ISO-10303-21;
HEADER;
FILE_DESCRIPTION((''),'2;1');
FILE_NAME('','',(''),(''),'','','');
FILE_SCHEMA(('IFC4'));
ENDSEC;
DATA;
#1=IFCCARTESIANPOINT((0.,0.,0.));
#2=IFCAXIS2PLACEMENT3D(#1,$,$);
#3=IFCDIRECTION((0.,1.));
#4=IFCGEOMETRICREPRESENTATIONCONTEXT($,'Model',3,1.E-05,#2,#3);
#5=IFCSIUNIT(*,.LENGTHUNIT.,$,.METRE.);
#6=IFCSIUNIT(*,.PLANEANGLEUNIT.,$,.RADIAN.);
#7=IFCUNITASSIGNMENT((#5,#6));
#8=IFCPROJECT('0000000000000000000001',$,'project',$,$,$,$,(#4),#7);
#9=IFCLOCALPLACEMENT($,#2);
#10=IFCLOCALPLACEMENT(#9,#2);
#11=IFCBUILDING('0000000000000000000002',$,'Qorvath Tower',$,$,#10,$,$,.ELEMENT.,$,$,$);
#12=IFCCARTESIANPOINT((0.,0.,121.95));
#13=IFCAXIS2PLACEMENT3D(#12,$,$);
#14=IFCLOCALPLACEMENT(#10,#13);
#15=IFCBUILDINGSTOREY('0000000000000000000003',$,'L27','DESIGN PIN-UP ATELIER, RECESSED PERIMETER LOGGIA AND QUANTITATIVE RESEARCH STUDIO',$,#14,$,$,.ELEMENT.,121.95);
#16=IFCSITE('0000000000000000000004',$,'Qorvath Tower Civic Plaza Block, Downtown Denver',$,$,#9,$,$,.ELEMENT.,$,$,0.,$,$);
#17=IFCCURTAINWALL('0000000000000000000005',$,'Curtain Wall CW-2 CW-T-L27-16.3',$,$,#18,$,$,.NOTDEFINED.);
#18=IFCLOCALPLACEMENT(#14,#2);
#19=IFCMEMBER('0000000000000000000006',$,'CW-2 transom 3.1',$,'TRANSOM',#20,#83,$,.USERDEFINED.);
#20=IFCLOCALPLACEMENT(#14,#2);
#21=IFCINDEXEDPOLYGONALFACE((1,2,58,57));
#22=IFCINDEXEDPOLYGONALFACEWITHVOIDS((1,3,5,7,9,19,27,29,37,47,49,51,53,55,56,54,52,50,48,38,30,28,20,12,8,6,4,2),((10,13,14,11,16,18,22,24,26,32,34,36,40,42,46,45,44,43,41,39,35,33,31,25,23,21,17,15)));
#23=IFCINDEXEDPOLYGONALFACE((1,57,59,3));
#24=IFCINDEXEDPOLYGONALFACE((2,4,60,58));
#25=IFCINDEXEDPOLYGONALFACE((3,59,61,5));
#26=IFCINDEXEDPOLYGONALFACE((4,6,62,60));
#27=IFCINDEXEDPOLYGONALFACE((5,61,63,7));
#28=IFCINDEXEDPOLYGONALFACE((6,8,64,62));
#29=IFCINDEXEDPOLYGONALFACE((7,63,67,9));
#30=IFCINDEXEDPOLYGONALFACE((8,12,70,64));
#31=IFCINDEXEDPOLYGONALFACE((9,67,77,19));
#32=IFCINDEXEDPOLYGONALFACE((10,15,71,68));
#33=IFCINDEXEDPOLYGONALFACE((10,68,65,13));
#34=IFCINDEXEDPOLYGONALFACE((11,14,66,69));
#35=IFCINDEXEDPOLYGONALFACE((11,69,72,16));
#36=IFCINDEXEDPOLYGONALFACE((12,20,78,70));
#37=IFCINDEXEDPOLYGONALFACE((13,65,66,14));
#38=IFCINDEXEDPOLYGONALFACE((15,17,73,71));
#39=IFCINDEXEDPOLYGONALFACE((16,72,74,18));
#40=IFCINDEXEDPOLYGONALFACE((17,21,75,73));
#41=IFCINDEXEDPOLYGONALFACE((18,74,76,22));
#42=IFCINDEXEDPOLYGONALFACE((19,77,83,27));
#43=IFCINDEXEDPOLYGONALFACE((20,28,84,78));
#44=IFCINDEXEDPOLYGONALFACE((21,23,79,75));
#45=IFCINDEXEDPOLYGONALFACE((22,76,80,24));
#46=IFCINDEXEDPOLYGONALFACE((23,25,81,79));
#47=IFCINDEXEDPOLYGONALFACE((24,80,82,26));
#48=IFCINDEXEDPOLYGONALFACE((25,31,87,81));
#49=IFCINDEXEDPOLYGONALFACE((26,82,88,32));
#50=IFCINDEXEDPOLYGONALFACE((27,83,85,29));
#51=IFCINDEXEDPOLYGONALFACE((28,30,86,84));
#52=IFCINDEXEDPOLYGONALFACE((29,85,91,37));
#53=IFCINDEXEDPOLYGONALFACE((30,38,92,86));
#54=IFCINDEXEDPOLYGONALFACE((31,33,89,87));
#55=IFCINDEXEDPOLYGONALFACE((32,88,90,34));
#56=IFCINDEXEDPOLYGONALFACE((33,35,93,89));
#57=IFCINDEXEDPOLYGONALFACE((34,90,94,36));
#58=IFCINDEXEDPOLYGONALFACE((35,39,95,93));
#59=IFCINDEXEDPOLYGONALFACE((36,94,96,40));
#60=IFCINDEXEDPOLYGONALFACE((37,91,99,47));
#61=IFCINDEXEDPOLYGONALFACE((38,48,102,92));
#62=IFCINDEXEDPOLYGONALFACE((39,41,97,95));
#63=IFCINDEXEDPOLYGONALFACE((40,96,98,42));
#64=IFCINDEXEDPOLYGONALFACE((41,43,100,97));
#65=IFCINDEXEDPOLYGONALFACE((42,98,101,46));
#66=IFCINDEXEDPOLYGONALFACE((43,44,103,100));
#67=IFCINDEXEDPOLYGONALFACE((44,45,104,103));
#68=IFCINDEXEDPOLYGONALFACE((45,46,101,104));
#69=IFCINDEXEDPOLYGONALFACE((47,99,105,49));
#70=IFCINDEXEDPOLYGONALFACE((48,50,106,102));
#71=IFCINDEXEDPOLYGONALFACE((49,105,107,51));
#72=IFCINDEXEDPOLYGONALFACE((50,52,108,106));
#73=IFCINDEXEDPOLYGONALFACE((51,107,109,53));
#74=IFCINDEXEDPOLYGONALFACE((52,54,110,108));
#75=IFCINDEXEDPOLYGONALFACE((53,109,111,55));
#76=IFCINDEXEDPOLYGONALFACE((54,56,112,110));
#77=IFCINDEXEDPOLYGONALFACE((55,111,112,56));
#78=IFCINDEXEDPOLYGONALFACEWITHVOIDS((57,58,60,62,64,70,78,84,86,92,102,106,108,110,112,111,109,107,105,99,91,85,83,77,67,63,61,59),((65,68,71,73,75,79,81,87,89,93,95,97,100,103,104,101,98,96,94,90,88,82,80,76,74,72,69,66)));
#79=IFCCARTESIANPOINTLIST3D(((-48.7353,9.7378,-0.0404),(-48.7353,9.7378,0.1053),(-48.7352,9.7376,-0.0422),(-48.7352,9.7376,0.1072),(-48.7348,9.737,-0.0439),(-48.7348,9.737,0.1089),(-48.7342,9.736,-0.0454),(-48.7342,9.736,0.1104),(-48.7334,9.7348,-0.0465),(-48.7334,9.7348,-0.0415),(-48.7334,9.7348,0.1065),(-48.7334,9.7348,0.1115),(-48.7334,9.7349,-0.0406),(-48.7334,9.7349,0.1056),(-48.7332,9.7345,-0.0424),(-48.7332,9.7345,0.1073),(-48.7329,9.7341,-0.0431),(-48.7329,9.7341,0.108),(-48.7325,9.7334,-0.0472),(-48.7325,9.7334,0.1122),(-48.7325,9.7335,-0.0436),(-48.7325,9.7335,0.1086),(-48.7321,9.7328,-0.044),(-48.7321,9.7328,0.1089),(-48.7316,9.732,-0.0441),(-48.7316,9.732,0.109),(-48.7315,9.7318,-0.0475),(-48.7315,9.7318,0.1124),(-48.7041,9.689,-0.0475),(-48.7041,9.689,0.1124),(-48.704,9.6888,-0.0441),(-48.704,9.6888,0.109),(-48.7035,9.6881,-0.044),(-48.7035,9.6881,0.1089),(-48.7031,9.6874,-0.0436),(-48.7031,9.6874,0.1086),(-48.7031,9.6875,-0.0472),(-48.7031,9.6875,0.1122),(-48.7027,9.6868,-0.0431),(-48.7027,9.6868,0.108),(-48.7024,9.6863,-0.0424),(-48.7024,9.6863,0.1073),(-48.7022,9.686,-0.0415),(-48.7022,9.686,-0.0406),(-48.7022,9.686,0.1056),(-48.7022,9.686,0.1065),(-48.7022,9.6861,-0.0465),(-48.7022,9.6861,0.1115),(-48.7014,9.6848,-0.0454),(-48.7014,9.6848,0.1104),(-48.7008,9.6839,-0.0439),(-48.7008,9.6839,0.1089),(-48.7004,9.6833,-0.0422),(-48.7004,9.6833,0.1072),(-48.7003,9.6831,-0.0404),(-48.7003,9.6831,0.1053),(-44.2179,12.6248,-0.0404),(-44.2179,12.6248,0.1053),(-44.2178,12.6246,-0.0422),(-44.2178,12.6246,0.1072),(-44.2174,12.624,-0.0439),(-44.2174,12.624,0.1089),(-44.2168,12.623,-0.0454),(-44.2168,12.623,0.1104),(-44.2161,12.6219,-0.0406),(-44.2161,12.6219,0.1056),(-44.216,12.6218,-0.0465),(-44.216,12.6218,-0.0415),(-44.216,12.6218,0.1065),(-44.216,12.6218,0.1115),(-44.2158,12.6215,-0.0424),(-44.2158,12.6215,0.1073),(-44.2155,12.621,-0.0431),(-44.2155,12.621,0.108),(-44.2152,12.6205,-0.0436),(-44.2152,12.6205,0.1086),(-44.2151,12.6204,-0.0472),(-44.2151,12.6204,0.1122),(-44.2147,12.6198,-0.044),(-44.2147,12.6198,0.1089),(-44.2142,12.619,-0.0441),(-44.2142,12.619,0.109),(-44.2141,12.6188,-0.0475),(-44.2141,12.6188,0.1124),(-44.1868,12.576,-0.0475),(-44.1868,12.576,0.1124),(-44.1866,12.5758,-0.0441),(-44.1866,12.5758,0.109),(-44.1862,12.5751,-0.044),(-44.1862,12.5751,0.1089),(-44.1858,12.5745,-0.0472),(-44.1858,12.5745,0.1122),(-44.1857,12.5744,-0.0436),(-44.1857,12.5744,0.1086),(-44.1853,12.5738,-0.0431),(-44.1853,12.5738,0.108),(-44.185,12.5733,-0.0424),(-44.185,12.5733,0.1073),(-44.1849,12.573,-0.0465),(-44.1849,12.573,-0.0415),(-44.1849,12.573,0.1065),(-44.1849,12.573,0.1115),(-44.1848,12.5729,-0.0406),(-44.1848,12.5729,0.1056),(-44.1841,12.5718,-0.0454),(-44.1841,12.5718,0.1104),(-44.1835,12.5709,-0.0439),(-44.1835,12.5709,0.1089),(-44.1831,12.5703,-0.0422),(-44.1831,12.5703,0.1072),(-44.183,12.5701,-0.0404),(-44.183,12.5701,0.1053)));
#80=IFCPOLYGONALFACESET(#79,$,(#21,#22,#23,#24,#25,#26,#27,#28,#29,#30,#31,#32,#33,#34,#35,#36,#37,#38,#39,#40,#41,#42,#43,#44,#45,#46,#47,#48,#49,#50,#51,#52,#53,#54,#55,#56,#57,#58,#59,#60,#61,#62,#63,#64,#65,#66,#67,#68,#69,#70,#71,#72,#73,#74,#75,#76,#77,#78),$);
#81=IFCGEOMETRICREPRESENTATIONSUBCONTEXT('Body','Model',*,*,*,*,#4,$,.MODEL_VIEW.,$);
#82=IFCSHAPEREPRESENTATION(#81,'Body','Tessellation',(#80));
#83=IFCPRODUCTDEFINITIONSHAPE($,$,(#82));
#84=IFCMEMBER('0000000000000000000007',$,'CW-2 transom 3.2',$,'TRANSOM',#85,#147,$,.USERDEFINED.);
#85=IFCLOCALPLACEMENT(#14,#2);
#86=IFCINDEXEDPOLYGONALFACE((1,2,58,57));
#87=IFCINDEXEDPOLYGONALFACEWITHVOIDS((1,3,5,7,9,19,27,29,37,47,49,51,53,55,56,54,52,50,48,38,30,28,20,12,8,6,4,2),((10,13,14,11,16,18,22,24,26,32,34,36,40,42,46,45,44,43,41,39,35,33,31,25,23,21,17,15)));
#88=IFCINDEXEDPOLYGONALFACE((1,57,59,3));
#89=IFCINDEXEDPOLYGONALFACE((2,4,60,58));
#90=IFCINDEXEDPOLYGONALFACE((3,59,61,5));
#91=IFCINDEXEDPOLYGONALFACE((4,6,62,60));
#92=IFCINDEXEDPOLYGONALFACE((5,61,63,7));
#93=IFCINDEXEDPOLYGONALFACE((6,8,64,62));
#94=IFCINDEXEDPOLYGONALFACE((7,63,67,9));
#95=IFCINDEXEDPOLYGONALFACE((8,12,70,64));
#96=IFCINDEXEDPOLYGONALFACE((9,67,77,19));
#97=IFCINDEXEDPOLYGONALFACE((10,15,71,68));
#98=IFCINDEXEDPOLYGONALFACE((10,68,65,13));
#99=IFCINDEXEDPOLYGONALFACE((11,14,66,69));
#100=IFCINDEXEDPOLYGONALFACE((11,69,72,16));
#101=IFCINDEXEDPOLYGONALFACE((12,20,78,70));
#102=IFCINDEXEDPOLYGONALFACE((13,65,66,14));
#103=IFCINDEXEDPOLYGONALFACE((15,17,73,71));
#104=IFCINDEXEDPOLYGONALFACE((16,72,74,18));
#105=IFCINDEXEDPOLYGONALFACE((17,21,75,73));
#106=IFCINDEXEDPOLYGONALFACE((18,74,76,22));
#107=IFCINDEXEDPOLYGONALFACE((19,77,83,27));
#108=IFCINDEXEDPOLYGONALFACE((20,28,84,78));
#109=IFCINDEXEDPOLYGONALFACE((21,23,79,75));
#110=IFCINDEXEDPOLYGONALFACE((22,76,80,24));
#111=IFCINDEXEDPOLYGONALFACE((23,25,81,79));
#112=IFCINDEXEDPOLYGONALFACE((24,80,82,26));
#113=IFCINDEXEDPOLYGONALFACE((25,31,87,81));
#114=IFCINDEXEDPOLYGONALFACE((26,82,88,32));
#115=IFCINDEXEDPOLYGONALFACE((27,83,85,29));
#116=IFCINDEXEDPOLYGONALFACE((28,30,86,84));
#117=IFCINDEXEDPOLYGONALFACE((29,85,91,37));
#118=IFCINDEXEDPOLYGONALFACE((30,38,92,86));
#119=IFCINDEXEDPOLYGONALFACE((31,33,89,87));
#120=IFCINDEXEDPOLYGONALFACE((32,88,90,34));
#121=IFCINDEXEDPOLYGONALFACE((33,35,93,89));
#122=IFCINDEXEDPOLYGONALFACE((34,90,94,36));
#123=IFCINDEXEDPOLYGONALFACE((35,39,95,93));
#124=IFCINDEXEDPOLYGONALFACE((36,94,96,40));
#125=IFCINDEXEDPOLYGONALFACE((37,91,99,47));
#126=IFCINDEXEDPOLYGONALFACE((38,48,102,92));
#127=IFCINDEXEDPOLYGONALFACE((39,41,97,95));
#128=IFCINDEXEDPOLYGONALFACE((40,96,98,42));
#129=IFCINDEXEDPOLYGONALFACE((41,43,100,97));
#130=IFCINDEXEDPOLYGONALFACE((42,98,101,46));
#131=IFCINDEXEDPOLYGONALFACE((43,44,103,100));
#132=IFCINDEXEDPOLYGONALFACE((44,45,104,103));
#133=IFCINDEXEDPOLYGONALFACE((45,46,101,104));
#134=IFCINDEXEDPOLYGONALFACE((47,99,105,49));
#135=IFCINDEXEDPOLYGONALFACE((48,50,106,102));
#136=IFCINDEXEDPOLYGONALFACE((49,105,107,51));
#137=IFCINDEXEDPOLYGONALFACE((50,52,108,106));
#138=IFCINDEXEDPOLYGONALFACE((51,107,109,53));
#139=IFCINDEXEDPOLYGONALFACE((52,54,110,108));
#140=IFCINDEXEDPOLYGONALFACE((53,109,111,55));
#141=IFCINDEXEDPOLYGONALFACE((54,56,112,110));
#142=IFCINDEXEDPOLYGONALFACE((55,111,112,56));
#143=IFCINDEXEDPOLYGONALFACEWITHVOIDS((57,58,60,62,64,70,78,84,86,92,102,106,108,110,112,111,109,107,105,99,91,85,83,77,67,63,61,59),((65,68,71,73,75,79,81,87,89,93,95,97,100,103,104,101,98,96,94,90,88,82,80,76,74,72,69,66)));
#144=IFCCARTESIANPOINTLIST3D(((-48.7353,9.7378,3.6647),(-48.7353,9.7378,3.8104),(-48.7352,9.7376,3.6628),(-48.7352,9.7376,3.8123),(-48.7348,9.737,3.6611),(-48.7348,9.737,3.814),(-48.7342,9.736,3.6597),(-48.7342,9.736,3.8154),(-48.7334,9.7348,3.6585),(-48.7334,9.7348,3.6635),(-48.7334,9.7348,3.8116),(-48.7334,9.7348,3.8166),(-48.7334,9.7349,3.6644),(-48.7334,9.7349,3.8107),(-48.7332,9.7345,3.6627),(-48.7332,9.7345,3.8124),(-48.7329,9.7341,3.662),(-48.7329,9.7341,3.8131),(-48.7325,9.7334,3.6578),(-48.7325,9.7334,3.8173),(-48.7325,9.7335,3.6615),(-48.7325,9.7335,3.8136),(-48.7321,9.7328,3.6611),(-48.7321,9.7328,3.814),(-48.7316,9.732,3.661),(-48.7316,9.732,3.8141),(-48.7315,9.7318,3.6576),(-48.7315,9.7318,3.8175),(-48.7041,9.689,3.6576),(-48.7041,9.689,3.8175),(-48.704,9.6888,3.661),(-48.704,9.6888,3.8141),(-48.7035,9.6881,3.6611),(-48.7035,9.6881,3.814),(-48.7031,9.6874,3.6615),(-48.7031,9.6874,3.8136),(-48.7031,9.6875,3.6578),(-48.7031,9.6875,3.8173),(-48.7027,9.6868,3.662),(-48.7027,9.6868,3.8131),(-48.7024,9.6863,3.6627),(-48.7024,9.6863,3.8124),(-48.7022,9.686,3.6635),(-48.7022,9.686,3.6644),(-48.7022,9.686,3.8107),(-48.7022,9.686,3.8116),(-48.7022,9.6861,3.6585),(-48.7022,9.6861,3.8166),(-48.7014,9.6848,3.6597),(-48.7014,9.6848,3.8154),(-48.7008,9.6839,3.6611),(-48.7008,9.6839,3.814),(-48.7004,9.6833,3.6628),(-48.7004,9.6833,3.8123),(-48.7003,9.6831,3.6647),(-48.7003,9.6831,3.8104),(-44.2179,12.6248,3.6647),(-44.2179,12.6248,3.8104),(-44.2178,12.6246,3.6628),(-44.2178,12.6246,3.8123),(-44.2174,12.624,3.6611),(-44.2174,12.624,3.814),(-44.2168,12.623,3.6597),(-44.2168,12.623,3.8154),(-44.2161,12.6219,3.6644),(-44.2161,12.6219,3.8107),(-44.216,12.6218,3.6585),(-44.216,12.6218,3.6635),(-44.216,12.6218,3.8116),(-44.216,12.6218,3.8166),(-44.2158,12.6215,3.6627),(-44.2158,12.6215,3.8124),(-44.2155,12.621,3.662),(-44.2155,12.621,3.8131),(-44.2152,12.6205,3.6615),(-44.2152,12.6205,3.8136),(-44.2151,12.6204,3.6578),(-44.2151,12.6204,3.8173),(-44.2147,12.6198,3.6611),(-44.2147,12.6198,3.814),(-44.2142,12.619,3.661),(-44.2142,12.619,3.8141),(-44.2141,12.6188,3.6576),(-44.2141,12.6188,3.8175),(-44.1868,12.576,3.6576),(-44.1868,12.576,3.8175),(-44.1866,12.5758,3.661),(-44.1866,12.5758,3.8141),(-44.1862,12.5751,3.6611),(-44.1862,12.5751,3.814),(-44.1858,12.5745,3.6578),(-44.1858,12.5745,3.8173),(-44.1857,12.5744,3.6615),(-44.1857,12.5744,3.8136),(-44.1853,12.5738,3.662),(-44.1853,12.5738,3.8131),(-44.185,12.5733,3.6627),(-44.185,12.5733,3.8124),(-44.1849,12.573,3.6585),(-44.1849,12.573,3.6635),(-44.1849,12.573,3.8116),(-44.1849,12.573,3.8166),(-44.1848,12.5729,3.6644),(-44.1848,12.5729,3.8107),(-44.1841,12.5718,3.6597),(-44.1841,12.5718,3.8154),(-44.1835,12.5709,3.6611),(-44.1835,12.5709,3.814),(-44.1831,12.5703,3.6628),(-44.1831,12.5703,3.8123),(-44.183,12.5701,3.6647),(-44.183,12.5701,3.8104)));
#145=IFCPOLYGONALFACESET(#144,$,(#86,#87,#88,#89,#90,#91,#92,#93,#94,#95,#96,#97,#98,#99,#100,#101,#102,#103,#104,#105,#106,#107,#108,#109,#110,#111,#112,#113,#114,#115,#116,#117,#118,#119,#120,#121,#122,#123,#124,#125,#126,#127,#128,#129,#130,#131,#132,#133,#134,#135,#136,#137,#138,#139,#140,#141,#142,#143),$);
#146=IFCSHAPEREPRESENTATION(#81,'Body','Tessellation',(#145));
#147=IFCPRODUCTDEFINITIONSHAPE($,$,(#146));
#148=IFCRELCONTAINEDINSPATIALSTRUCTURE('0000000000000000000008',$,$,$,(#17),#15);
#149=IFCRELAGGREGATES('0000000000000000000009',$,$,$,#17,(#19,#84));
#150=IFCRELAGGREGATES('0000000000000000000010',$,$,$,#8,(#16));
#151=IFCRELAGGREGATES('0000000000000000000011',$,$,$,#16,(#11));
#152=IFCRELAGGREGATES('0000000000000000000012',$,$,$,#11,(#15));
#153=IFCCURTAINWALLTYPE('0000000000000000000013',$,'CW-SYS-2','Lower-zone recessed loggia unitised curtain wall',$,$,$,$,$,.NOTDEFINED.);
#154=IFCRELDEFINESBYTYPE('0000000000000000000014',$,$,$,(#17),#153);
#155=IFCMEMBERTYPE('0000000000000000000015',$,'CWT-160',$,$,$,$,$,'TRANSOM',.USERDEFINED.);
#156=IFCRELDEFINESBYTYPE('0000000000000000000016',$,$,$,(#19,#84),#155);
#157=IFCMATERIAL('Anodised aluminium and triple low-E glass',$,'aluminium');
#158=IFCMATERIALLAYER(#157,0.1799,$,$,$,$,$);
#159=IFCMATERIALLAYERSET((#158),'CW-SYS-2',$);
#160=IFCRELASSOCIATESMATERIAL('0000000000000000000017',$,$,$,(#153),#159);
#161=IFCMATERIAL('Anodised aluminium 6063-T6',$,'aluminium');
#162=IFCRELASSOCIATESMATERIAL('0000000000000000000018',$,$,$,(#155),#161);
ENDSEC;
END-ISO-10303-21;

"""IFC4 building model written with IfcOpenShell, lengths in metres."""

from ifc_helpers import new_model, si_unit, direction, frame, origin, origin_2d, place, context, subcontext, project, spatial, hollow_rectangle, extrude, material, layer, layer_set, material_profile, profile_set, type_object, element, aggregate, save


model = new_model("IFC4")

# Units and contexts
model_context = context("Model", 3, precision=1e-05, world=origin(), true_north=direction((0.0, 1.0)))
body_context = subcontext(model_context, "Body", "Model", "MODEL_VIEW")
ifc_project = project(units=[si_unit("LENGTHUNIT", "METRE"), si_unit("PLANEANGLEUNIT", "RADIAN")], contexts=[model_context])

# Site, building, storey
site_placement = place(None, origin())
site = spatial("IfcSite", under=ifc_project, at=site_placement, Name="Qorvath Tower Civic Plaza Block, Downtown Denver", CompositionType="ELEMENT", RefElevation=0.0)
building_placement = place(site_placement, origin())
building = spatial("IfcBuilding", under=site, at=building_placement, Name="Qorvath Tower", CompositionType="ELEMENT")
storey_placement = place(building_placement, frame((0.0, 0.0, 121.95)))
storey = spatial("IfcBuildingStorey", under=building, at=storey_placement, Name="L27", Description="DESIGN PIN-UP ATELIER, RECESSED PERIMETER LOGGIA AND QUANTITATIVE RESEARCH STUDIO", CompositionType="ELEMENT", Elevation=121.95)

# Curtain wall, members
ifc_material_1 = material(Name="Anodised aluminium and triple low-E glass", Category="aluminium")
ifc_layer_1 = layer(ifc_material_1, 0.1799)
ifc_layer_set_1 = layer_set([ifc_layer_1], Name="CW-SYS-2")
curtain_wall_type = type_object("IfcCurtainWallType", Name="CW-SYS-2", Description="Lower-zone recessed loggia unitised curtain wall", PredefinedType="NOTDEFINED", material=ifc_layer_set_1)
curtain_wall_placement = place(storey_placement, origin())
curtain_wall = element("IfcCurtainWall", 1, at=curtain_wall_placement, inside=storey, type_object=curtain_wall_type, Name="Curtain Wall CW-2 CW-T-L27-16.3", PredefinedType="NOTDEFINED")
ifc_material_2 = material(Name="Anodised aluminium 6063-T6", Category="aluminium")
ifc_material_profile_1 = material_profile(ifc_material_2, hollow_rectangle(XDim=0.0649, YDim=0.1599, WallThickness=0.0034, InnerFilletRadius=0.0034, OuterFilletRadius=0.0071, at=origin_2d()), Name="CWT 160x65")
ifc_profile_set_1 = profile_set([ifc_material_profile_1], Name="Anodised aluminium 6063-T6")
member_type_1 = type_object("IfcMemberType", Name="CWT-160", ElementType="TRANSOM", PredefinedType="USERDEFINED", material=ifc_profile_set_1)
member_1_placement = place(storey_placement, frame((-44.2004, 12.5974, 0.0325), z_axis=(-0.842621, -0.538507, 0.0), x_axis=(0.538507, -0.842621, 0.0)))
member_1 = element("IfcMember", 2, at=member_1_placement, type_object=member_type_1, Name="CW-2 transom 3.1", ObjectType="TRANSOM", PredefinedType="USERDEFINED", context=body_context, shape_type="SweptSolid", body=[
    extrude(hollow_rectangle(XDim=0.0649, YDim=0.1599, WallThickness=0.0034, InnerFilletRadius=0.0034, OuterFilletRadius=0.0071, at=origin_2d()), origin(), (0.0, 0.0, 1.0), 5.3611),
])
member_2_placement = place(storey_placement, frame((-44.2004, 12.5974, 3.7375), z_axis=(-0.842621, -0.538507, 0.0), x_axis=(0.538507, -0.842621, 0.0)))
member_2 = element("IfcMember", 3, at=member_2_placement, type_object=member_type_1, Name="CW-2 transom 3.2", ObjectType="TRANSOM", PredefinedType="USERDEFINED", context=body_context, shape_type="SweptSolid", body=[
    extrude(hollow_rectangle(XDim=0.0649, YDim=0.1599, WallThickness=0.0034, InnerFilletRadius=0.0034, OuterFilletRadius=0.0071, at=origin_2d()), origin(), (0.0, 0.0, 1.0), 5.3611),
])
aggregate(curtain_wall, [member_1, member_2])

save(model, "model.ifc")
